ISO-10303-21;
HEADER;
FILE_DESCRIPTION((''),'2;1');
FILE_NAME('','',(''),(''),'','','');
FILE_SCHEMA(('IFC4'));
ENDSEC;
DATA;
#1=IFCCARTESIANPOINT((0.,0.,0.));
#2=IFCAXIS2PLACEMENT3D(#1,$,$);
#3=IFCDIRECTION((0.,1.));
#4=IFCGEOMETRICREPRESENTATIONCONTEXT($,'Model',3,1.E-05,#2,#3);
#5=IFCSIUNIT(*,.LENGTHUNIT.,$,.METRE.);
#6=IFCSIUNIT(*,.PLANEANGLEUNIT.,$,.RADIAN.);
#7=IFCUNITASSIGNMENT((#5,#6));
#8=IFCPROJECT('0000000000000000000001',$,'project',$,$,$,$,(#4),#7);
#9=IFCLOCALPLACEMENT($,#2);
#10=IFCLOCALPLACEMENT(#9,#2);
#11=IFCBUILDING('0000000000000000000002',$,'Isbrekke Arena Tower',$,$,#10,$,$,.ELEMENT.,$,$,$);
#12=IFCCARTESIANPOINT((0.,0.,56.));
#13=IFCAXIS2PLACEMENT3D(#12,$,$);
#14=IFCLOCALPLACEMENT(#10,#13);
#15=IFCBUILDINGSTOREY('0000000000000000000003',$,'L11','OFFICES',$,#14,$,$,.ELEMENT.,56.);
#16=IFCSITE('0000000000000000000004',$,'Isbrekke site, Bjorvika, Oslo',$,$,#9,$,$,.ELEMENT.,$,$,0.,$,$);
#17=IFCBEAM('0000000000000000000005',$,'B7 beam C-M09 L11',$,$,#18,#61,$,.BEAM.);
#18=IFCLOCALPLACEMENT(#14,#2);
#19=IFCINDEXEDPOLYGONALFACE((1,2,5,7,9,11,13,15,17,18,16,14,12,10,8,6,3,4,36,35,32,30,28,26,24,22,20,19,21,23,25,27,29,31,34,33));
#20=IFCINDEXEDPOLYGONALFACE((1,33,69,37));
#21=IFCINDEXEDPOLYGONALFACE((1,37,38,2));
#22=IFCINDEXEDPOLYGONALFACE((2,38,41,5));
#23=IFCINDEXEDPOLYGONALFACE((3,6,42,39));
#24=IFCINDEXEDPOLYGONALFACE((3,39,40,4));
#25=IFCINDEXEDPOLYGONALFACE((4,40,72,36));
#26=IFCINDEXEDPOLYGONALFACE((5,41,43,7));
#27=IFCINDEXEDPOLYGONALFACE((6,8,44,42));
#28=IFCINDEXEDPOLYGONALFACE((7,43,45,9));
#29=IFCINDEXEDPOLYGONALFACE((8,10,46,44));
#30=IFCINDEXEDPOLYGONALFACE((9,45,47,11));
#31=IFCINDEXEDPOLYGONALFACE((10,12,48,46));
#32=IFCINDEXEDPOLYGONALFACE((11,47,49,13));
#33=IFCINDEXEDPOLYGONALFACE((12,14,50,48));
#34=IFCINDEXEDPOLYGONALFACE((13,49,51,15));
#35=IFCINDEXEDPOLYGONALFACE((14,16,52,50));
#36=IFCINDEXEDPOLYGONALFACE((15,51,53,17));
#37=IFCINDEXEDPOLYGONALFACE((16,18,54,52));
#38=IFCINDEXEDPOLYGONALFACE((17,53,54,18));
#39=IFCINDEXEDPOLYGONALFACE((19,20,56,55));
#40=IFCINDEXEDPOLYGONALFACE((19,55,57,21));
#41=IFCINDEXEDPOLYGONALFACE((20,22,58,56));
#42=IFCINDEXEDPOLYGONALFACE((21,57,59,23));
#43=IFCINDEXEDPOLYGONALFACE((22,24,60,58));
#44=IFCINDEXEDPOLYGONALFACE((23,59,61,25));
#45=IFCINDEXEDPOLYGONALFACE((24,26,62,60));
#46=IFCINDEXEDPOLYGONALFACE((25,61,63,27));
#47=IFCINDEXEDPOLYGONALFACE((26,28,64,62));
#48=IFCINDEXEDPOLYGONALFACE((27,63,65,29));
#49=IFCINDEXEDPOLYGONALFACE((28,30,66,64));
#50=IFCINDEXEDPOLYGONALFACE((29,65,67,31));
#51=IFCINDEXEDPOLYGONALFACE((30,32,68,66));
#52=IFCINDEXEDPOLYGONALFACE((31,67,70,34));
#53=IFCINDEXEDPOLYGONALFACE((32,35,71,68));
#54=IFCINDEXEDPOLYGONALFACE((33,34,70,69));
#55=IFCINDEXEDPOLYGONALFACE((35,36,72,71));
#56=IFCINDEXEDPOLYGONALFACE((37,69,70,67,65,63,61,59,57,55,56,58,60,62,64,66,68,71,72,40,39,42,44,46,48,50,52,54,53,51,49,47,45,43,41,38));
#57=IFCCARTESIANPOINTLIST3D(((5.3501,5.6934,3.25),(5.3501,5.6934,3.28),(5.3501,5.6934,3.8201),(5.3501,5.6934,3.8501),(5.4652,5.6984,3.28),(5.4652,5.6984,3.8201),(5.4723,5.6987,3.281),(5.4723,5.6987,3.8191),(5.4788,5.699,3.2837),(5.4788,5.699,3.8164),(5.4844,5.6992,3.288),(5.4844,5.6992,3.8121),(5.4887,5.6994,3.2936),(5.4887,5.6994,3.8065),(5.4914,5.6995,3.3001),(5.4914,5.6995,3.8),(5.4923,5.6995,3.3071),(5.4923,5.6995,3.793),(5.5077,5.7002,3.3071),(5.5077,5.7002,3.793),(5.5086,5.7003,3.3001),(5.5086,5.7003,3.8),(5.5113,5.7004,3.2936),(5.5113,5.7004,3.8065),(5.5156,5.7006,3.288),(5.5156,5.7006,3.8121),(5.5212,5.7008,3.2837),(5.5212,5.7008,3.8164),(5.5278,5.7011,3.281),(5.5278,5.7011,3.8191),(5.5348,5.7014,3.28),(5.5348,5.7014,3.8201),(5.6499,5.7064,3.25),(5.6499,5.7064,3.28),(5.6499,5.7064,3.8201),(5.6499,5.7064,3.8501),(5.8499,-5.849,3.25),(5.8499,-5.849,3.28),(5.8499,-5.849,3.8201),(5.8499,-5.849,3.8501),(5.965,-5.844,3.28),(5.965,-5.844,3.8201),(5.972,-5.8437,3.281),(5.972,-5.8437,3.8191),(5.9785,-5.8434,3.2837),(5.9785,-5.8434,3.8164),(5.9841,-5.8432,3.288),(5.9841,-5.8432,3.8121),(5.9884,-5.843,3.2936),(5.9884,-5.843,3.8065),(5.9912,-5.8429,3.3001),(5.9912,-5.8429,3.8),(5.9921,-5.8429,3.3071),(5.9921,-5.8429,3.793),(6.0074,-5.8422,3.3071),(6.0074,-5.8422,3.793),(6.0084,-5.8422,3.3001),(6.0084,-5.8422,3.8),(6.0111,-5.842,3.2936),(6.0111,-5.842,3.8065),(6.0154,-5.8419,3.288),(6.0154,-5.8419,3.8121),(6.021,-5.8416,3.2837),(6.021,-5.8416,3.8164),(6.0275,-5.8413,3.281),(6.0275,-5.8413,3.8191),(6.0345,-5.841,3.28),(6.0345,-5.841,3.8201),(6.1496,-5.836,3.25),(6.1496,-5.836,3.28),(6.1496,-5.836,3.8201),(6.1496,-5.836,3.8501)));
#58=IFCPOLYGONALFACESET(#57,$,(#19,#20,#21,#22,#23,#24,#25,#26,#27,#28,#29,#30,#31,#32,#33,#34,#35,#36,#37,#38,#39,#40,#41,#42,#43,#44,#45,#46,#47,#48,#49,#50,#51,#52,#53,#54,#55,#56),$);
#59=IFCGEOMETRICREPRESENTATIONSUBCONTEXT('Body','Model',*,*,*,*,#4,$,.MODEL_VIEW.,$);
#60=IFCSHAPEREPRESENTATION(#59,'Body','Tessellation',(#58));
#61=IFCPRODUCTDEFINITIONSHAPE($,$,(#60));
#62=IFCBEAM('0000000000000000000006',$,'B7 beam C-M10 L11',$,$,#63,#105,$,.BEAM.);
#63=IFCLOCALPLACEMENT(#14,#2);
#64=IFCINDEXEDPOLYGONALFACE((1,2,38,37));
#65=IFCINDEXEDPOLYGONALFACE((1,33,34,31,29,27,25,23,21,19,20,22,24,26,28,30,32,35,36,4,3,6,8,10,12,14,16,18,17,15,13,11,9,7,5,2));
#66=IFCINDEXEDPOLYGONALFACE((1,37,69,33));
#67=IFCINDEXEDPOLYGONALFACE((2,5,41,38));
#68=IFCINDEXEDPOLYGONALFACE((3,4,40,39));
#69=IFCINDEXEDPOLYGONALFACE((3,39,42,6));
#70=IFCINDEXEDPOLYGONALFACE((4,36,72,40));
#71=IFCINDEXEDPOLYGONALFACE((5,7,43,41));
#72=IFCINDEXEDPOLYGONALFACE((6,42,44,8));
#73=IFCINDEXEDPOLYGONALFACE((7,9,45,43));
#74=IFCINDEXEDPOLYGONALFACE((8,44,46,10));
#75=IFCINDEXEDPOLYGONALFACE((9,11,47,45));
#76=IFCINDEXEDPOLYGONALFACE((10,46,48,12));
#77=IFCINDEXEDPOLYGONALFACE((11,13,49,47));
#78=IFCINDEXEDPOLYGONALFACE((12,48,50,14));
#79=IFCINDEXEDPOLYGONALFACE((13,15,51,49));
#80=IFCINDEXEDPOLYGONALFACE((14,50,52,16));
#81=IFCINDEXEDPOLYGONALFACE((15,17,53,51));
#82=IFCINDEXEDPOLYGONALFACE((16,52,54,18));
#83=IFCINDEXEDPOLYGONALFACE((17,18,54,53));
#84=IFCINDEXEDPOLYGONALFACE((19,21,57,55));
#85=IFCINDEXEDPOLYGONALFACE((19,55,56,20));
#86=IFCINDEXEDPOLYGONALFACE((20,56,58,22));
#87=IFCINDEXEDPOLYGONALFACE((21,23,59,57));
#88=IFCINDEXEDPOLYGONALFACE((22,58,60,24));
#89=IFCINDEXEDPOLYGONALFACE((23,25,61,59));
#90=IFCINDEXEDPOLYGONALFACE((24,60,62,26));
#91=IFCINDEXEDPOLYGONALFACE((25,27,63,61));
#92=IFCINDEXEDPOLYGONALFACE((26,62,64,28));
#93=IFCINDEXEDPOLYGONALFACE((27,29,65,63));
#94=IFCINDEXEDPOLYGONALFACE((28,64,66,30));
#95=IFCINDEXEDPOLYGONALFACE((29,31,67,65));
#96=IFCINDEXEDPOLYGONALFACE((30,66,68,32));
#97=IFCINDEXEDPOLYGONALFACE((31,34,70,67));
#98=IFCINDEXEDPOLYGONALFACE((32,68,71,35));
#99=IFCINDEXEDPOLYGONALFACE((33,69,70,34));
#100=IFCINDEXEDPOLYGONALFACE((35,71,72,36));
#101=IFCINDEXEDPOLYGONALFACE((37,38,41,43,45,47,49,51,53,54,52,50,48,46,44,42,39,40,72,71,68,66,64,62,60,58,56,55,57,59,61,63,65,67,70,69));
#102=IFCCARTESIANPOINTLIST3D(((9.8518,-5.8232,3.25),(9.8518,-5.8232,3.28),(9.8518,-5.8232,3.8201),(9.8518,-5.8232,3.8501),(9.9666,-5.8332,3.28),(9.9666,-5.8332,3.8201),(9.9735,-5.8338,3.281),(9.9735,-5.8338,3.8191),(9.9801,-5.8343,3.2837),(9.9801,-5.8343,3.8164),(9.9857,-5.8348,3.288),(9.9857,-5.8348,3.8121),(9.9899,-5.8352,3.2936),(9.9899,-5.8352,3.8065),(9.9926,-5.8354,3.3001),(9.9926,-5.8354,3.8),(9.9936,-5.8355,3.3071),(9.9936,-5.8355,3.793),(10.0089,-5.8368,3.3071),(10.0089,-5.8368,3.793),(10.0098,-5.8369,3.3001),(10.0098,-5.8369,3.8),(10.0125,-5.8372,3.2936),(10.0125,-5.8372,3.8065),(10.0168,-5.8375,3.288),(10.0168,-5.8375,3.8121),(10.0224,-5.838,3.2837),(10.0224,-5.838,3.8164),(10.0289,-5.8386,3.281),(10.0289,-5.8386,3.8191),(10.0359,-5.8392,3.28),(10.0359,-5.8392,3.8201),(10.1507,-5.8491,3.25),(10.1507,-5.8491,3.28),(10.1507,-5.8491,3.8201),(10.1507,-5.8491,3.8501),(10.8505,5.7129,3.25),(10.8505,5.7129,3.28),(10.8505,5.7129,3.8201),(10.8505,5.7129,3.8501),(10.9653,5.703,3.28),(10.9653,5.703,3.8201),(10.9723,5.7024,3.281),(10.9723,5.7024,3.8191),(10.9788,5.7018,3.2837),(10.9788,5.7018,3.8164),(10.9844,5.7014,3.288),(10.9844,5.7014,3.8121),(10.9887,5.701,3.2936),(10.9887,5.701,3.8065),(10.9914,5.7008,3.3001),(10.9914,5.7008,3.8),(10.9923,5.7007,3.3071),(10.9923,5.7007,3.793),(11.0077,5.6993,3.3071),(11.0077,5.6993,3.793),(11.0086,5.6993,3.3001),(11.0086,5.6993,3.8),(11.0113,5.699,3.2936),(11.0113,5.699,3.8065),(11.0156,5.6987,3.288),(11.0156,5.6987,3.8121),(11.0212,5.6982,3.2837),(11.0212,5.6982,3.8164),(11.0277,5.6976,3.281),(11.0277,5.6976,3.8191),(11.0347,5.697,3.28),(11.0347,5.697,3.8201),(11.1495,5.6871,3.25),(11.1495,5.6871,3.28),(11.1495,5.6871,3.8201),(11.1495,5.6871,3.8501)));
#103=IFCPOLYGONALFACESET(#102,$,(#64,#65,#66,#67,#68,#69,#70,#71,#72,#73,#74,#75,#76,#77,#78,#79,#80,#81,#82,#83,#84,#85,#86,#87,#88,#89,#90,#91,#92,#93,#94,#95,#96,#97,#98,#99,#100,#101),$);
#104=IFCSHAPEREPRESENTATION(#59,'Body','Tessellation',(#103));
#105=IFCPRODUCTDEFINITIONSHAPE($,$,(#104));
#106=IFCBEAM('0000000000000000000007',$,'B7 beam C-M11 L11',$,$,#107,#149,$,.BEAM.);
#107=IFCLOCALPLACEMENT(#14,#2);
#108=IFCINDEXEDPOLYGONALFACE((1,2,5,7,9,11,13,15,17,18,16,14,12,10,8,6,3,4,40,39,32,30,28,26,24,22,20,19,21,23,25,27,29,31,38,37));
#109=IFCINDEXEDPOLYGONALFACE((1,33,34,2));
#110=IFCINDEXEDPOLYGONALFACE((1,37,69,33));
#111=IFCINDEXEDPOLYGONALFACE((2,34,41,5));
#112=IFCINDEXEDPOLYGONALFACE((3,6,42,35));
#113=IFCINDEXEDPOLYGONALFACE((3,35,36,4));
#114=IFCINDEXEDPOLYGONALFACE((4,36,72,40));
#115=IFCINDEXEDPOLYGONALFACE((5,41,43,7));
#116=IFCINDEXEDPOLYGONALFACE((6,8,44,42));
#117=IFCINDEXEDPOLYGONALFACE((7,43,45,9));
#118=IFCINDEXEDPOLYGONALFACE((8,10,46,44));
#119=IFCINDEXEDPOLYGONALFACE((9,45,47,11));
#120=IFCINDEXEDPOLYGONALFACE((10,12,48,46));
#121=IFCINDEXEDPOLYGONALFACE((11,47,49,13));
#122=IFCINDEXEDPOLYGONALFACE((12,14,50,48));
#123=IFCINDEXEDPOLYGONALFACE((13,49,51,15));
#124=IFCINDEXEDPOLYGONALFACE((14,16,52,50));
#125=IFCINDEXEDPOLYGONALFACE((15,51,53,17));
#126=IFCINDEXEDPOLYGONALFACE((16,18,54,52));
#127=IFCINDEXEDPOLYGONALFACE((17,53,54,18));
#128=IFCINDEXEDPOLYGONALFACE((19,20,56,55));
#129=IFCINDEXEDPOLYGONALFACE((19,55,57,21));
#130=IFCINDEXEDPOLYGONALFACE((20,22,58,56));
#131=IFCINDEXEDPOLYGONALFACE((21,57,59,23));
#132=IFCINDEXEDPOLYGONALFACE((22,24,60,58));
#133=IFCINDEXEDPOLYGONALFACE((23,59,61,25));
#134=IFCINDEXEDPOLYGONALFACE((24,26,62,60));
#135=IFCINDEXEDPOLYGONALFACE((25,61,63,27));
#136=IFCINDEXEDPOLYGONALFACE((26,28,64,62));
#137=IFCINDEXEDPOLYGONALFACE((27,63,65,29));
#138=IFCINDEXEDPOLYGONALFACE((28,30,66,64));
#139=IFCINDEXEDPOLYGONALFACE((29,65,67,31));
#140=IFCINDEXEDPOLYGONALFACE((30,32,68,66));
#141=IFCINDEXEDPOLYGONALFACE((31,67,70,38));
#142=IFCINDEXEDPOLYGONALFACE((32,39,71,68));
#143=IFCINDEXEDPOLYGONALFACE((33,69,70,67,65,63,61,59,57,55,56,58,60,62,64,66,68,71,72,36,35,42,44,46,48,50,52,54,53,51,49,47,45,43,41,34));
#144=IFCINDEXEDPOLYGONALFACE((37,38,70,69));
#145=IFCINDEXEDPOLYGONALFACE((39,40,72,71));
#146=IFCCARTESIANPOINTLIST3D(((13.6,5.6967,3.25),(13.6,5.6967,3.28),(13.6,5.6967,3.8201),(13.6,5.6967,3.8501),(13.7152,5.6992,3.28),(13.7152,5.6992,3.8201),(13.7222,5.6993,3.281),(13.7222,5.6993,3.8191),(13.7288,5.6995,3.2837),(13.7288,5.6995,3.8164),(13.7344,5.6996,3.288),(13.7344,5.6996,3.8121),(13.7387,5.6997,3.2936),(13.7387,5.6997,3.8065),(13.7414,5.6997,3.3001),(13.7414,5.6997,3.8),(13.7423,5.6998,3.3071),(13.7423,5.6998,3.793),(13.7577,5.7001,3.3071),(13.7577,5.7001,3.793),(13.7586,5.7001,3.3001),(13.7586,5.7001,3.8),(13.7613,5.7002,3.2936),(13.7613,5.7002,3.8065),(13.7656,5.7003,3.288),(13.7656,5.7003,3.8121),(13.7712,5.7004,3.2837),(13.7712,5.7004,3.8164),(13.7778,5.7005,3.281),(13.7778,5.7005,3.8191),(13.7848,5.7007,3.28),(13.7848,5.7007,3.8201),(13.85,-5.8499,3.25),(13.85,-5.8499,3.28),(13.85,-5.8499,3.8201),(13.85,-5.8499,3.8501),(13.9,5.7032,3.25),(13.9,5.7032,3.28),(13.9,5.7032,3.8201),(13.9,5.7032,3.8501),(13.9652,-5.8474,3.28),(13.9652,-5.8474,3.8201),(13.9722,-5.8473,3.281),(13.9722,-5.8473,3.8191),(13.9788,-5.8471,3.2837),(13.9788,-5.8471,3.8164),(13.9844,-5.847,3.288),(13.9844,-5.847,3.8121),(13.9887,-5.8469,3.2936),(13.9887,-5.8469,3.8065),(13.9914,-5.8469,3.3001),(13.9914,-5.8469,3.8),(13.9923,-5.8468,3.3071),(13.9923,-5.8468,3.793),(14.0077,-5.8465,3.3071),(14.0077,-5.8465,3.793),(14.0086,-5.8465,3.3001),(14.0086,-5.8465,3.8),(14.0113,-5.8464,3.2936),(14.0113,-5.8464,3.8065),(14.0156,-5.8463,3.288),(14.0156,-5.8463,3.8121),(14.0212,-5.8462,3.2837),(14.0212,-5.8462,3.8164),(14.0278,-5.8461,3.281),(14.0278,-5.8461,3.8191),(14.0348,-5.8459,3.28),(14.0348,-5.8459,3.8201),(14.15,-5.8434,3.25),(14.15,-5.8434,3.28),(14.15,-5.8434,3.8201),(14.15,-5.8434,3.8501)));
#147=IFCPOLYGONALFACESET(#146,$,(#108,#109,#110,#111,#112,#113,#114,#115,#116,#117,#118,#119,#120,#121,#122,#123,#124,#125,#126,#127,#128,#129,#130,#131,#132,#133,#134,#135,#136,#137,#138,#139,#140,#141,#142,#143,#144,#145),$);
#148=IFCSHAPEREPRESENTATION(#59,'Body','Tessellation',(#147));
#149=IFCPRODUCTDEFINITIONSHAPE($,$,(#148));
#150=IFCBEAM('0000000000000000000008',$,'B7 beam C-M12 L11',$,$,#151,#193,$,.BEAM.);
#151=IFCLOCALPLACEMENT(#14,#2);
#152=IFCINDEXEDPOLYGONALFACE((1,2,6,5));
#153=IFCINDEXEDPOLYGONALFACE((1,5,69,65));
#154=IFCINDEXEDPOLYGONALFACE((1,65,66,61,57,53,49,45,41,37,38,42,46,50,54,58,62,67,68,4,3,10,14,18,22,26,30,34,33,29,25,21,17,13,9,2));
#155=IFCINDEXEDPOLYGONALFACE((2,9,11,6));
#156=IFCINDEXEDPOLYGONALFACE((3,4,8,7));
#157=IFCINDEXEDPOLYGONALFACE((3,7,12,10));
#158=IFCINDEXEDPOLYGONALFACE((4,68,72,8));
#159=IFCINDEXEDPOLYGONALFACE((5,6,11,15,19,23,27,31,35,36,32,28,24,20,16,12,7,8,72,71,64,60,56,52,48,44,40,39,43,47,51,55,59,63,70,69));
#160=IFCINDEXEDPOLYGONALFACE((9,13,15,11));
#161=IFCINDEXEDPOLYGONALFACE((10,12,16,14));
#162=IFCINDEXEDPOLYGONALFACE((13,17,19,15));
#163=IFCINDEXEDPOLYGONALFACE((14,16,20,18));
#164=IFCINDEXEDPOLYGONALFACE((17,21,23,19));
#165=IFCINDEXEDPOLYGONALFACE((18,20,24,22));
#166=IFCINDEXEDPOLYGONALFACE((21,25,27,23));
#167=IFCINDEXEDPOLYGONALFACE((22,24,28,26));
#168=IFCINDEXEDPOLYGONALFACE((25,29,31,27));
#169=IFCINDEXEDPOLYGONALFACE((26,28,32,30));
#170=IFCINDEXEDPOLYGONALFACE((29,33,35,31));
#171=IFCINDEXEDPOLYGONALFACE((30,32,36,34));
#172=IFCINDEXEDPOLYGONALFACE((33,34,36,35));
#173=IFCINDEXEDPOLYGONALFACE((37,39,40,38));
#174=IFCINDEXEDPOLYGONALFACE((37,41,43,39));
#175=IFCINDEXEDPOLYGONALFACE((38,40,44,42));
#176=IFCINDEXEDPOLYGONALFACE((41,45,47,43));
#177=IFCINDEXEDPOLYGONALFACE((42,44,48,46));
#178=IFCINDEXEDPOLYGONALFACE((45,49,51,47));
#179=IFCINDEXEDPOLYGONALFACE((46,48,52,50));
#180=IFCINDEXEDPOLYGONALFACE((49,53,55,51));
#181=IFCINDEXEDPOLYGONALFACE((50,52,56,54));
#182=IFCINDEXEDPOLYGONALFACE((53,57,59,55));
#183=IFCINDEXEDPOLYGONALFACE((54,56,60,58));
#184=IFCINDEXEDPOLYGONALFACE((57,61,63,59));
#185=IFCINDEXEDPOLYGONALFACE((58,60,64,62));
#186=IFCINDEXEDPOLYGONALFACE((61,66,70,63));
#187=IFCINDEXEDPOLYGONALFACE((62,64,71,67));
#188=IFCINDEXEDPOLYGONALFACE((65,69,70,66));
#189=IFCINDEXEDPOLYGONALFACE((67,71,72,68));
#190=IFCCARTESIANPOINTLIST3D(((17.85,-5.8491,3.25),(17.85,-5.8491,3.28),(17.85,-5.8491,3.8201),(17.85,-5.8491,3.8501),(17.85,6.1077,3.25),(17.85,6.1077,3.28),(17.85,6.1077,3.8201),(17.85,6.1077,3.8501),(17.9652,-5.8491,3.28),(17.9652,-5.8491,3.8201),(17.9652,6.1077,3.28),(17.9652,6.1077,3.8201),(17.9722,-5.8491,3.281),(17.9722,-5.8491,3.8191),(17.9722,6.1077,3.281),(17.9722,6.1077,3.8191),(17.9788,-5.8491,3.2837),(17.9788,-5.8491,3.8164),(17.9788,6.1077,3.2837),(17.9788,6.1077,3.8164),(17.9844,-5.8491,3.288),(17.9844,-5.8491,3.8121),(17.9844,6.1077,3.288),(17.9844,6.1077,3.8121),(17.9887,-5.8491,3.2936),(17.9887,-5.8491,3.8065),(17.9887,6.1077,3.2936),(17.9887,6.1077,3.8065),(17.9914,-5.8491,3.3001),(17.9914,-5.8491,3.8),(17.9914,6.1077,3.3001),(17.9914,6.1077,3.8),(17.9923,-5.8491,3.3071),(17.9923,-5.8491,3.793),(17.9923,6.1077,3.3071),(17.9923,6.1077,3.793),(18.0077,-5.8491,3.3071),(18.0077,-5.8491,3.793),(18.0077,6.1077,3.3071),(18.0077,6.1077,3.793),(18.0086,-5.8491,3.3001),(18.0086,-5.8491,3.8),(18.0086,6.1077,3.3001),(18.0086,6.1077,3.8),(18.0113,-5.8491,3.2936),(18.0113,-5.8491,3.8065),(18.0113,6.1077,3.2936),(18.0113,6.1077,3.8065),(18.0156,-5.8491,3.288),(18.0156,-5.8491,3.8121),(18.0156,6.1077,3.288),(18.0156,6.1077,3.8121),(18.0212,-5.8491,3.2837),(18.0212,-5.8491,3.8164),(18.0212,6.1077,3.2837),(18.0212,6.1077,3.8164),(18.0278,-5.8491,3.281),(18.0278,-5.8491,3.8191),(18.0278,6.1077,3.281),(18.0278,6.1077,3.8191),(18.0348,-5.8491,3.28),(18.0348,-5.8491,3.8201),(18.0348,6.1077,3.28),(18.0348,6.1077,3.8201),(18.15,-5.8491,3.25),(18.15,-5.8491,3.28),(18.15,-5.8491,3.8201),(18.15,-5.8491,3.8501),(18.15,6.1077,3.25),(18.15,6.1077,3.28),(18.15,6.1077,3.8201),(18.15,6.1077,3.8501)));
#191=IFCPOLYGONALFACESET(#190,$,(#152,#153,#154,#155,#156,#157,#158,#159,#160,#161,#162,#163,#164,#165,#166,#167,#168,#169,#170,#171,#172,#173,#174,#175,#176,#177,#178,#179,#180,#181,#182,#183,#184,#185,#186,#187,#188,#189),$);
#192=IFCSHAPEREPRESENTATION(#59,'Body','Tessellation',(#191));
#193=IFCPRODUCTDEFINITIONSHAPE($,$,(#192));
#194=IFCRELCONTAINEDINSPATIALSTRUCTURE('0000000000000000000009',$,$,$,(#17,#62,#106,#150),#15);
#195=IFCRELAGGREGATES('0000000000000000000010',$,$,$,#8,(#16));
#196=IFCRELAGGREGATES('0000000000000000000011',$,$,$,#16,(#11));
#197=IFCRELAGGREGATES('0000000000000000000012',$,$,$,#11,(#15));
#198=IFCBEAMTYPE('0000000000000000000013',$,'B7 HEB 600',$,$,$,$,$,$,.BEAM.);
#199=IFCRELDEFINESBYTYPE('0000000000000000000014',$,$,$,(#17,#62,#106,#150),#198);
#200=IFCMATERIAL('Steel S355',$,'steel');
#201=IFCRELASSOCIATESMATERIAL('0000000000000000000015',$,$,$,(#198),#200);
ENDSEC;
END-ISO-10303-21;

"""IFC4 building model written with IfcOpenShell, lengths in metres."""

from ifc_helpers import new_model, si_unit, direction, frame, origin, origin_2d, place, context, subcontext, project, spatial, i_section, extrude, material, material_profile, profile_set, type_object, element, save


model = new_model("IFC4")

# Units and contexts
model_context = context("Model", 3, precision=1e-05, world=origin(), true_north=direction((0.0, 1.0)))
body_context = subcontext(model_context, "Body", "Model", "MODEL_VIEW")
ifc_project = project(units=[si_unit("LENGTHUNIT", "METRE"), si_unit("PLANEANGLEUNIT", "RADIAN")], contexts=[model_context])

# Site, building, storey
site_placement = place(None, origin())
site = spatial("IfcSite", under=ifc_project, at=site_placement, Name="Isbrekke site, Bjorvika, Oslo", CompositionType="ELEMENT", RefElevation=0.0)
building_placement = place(site_placement, origin())
building = spatial("IfcBuilding", under=site, at=building_placement, Name="Isbrekke Arena Tower", CompositionType="ELEMENT")
storey_placement = place(building_placement, frame((0.0, 0.0, 56.0)))
storey = spatial("IfcBuildingStorey", under=building, at=storey_placement, Name="L11", Description="OFFICES", CompositionType="ELEMENT", Elevation=56.0)

# Beams
ifc_material_1 = material(Name="Steel S355", Category="steel")
ifc_material_profile_1 = material_profile(ifc_material_1, i_section(OverallWidth=0.3, OverallDepth=0.6001, WebThickness=0.0154, FlangeThickness=0.03, FilletRadius=0.0271, at=origin_2d()), Name="HEB 600")
ifc_profile_set_1 = profile_set([ifc_material_profile_1], Name="Steel S355")
beam_type_1 = type_object("IfcBeamType", Name="B7 HEB 600", PredefinedType="BEAM", material=ifc_profile_set_1)
beam_1_placement = place(storey_placement, frame((5.9998, -5.8425, 3.55), z_axis=(-0.043257, 0.999064, 0.0), x_axis=(-0.999064, -0.043257, 0.0)))
element("IfcBeam", 1, at=beam_1_placement, inside=storey, type_object=beam_type_1, Name="B7 beam C-M09 L11", PredefinedType="BEAM", context=body_context, shape_type="SweptSolid", body=[
    extrude(i_section(OverallWidth=0.3, OverallDepth=0.6001, WebThickness=0.0154, FlangeThickness=0.03, FilletRadius=0.0271, at=origin_2d()), origin(), (0.0, 0.0, 1.0), 11.5532),
])
beam_2_placement = place(storey_placement, frame((10.0012, -5.8362, 3.55), z_axis=(0.086256, 0.996273, 0.0), x_axis=(-0.996273, 0.086256, 0.0)))
element("IfcBeam", 2, at=beam_2_placement, inside=storey, type_object=beam_type_1, Name="B7 beam C-M10 L11", PredefinedType="BEAM", context=body_context, shape_type="SweptSolid", body=[
    extrude(i_section(OverallWidth=0.3, OverallDepth=0.6001, WebThickness=0.0154, FlangeThickness=0.03, FilletRadius=0.0271, at=origin_2d()), origin(), (0.0, 0.0, 1.0), 11.5793),
])
beam_3_placement = place(storey_placement, frame((14.0, -5.8467, 3.55), z_axis=(-0.021646, 0.999766, 0.0), x_axis=(-0.999766, -0.021646, 0.0)))
element("IfcBeam", 3, at=beam_3_placement, inside=storey, type_object=beam_type_1, Name="B7 beam C-M11 L11", PredefinedType="BEAM", context=body_context, shape_type="SweptSolid", body=[
    extrude(i_section(OverallWidth=0.3, OverallDepth=0.6001, WebThickness=0.0154, FlangeThickness=0.03, FilletRadius=0.0271, at=origin_2d()), origin(), (0.0, 0.0, 1.0), 11.5493),
])
beam_4_placement = place(storey_placement, frame((18.0, -5.8491, 3.55), z_axis=(0.0, 1.0, 0.0), x_axis=(-1.0, 0.0, 0.0)))
element("IfcBeam", 4, at=beam_4_placement, inside=storey, type_object=beam_type_1, Name="B7 beam C-M12 L11", PredefinedType="BEAM", context=body_context, shape_type="SweptSolid", body=[
    extrude(i_section(OverallWidth=0.3, OverallDepth=0.6001, WebThickness=0.0154, FlangeThickness=0.03, FilletRadius=0.0271, at=origin_2d()), origin(), (0.0, 0.0, 1.0), 11.9568),
])

save(model, "model.ifc")
